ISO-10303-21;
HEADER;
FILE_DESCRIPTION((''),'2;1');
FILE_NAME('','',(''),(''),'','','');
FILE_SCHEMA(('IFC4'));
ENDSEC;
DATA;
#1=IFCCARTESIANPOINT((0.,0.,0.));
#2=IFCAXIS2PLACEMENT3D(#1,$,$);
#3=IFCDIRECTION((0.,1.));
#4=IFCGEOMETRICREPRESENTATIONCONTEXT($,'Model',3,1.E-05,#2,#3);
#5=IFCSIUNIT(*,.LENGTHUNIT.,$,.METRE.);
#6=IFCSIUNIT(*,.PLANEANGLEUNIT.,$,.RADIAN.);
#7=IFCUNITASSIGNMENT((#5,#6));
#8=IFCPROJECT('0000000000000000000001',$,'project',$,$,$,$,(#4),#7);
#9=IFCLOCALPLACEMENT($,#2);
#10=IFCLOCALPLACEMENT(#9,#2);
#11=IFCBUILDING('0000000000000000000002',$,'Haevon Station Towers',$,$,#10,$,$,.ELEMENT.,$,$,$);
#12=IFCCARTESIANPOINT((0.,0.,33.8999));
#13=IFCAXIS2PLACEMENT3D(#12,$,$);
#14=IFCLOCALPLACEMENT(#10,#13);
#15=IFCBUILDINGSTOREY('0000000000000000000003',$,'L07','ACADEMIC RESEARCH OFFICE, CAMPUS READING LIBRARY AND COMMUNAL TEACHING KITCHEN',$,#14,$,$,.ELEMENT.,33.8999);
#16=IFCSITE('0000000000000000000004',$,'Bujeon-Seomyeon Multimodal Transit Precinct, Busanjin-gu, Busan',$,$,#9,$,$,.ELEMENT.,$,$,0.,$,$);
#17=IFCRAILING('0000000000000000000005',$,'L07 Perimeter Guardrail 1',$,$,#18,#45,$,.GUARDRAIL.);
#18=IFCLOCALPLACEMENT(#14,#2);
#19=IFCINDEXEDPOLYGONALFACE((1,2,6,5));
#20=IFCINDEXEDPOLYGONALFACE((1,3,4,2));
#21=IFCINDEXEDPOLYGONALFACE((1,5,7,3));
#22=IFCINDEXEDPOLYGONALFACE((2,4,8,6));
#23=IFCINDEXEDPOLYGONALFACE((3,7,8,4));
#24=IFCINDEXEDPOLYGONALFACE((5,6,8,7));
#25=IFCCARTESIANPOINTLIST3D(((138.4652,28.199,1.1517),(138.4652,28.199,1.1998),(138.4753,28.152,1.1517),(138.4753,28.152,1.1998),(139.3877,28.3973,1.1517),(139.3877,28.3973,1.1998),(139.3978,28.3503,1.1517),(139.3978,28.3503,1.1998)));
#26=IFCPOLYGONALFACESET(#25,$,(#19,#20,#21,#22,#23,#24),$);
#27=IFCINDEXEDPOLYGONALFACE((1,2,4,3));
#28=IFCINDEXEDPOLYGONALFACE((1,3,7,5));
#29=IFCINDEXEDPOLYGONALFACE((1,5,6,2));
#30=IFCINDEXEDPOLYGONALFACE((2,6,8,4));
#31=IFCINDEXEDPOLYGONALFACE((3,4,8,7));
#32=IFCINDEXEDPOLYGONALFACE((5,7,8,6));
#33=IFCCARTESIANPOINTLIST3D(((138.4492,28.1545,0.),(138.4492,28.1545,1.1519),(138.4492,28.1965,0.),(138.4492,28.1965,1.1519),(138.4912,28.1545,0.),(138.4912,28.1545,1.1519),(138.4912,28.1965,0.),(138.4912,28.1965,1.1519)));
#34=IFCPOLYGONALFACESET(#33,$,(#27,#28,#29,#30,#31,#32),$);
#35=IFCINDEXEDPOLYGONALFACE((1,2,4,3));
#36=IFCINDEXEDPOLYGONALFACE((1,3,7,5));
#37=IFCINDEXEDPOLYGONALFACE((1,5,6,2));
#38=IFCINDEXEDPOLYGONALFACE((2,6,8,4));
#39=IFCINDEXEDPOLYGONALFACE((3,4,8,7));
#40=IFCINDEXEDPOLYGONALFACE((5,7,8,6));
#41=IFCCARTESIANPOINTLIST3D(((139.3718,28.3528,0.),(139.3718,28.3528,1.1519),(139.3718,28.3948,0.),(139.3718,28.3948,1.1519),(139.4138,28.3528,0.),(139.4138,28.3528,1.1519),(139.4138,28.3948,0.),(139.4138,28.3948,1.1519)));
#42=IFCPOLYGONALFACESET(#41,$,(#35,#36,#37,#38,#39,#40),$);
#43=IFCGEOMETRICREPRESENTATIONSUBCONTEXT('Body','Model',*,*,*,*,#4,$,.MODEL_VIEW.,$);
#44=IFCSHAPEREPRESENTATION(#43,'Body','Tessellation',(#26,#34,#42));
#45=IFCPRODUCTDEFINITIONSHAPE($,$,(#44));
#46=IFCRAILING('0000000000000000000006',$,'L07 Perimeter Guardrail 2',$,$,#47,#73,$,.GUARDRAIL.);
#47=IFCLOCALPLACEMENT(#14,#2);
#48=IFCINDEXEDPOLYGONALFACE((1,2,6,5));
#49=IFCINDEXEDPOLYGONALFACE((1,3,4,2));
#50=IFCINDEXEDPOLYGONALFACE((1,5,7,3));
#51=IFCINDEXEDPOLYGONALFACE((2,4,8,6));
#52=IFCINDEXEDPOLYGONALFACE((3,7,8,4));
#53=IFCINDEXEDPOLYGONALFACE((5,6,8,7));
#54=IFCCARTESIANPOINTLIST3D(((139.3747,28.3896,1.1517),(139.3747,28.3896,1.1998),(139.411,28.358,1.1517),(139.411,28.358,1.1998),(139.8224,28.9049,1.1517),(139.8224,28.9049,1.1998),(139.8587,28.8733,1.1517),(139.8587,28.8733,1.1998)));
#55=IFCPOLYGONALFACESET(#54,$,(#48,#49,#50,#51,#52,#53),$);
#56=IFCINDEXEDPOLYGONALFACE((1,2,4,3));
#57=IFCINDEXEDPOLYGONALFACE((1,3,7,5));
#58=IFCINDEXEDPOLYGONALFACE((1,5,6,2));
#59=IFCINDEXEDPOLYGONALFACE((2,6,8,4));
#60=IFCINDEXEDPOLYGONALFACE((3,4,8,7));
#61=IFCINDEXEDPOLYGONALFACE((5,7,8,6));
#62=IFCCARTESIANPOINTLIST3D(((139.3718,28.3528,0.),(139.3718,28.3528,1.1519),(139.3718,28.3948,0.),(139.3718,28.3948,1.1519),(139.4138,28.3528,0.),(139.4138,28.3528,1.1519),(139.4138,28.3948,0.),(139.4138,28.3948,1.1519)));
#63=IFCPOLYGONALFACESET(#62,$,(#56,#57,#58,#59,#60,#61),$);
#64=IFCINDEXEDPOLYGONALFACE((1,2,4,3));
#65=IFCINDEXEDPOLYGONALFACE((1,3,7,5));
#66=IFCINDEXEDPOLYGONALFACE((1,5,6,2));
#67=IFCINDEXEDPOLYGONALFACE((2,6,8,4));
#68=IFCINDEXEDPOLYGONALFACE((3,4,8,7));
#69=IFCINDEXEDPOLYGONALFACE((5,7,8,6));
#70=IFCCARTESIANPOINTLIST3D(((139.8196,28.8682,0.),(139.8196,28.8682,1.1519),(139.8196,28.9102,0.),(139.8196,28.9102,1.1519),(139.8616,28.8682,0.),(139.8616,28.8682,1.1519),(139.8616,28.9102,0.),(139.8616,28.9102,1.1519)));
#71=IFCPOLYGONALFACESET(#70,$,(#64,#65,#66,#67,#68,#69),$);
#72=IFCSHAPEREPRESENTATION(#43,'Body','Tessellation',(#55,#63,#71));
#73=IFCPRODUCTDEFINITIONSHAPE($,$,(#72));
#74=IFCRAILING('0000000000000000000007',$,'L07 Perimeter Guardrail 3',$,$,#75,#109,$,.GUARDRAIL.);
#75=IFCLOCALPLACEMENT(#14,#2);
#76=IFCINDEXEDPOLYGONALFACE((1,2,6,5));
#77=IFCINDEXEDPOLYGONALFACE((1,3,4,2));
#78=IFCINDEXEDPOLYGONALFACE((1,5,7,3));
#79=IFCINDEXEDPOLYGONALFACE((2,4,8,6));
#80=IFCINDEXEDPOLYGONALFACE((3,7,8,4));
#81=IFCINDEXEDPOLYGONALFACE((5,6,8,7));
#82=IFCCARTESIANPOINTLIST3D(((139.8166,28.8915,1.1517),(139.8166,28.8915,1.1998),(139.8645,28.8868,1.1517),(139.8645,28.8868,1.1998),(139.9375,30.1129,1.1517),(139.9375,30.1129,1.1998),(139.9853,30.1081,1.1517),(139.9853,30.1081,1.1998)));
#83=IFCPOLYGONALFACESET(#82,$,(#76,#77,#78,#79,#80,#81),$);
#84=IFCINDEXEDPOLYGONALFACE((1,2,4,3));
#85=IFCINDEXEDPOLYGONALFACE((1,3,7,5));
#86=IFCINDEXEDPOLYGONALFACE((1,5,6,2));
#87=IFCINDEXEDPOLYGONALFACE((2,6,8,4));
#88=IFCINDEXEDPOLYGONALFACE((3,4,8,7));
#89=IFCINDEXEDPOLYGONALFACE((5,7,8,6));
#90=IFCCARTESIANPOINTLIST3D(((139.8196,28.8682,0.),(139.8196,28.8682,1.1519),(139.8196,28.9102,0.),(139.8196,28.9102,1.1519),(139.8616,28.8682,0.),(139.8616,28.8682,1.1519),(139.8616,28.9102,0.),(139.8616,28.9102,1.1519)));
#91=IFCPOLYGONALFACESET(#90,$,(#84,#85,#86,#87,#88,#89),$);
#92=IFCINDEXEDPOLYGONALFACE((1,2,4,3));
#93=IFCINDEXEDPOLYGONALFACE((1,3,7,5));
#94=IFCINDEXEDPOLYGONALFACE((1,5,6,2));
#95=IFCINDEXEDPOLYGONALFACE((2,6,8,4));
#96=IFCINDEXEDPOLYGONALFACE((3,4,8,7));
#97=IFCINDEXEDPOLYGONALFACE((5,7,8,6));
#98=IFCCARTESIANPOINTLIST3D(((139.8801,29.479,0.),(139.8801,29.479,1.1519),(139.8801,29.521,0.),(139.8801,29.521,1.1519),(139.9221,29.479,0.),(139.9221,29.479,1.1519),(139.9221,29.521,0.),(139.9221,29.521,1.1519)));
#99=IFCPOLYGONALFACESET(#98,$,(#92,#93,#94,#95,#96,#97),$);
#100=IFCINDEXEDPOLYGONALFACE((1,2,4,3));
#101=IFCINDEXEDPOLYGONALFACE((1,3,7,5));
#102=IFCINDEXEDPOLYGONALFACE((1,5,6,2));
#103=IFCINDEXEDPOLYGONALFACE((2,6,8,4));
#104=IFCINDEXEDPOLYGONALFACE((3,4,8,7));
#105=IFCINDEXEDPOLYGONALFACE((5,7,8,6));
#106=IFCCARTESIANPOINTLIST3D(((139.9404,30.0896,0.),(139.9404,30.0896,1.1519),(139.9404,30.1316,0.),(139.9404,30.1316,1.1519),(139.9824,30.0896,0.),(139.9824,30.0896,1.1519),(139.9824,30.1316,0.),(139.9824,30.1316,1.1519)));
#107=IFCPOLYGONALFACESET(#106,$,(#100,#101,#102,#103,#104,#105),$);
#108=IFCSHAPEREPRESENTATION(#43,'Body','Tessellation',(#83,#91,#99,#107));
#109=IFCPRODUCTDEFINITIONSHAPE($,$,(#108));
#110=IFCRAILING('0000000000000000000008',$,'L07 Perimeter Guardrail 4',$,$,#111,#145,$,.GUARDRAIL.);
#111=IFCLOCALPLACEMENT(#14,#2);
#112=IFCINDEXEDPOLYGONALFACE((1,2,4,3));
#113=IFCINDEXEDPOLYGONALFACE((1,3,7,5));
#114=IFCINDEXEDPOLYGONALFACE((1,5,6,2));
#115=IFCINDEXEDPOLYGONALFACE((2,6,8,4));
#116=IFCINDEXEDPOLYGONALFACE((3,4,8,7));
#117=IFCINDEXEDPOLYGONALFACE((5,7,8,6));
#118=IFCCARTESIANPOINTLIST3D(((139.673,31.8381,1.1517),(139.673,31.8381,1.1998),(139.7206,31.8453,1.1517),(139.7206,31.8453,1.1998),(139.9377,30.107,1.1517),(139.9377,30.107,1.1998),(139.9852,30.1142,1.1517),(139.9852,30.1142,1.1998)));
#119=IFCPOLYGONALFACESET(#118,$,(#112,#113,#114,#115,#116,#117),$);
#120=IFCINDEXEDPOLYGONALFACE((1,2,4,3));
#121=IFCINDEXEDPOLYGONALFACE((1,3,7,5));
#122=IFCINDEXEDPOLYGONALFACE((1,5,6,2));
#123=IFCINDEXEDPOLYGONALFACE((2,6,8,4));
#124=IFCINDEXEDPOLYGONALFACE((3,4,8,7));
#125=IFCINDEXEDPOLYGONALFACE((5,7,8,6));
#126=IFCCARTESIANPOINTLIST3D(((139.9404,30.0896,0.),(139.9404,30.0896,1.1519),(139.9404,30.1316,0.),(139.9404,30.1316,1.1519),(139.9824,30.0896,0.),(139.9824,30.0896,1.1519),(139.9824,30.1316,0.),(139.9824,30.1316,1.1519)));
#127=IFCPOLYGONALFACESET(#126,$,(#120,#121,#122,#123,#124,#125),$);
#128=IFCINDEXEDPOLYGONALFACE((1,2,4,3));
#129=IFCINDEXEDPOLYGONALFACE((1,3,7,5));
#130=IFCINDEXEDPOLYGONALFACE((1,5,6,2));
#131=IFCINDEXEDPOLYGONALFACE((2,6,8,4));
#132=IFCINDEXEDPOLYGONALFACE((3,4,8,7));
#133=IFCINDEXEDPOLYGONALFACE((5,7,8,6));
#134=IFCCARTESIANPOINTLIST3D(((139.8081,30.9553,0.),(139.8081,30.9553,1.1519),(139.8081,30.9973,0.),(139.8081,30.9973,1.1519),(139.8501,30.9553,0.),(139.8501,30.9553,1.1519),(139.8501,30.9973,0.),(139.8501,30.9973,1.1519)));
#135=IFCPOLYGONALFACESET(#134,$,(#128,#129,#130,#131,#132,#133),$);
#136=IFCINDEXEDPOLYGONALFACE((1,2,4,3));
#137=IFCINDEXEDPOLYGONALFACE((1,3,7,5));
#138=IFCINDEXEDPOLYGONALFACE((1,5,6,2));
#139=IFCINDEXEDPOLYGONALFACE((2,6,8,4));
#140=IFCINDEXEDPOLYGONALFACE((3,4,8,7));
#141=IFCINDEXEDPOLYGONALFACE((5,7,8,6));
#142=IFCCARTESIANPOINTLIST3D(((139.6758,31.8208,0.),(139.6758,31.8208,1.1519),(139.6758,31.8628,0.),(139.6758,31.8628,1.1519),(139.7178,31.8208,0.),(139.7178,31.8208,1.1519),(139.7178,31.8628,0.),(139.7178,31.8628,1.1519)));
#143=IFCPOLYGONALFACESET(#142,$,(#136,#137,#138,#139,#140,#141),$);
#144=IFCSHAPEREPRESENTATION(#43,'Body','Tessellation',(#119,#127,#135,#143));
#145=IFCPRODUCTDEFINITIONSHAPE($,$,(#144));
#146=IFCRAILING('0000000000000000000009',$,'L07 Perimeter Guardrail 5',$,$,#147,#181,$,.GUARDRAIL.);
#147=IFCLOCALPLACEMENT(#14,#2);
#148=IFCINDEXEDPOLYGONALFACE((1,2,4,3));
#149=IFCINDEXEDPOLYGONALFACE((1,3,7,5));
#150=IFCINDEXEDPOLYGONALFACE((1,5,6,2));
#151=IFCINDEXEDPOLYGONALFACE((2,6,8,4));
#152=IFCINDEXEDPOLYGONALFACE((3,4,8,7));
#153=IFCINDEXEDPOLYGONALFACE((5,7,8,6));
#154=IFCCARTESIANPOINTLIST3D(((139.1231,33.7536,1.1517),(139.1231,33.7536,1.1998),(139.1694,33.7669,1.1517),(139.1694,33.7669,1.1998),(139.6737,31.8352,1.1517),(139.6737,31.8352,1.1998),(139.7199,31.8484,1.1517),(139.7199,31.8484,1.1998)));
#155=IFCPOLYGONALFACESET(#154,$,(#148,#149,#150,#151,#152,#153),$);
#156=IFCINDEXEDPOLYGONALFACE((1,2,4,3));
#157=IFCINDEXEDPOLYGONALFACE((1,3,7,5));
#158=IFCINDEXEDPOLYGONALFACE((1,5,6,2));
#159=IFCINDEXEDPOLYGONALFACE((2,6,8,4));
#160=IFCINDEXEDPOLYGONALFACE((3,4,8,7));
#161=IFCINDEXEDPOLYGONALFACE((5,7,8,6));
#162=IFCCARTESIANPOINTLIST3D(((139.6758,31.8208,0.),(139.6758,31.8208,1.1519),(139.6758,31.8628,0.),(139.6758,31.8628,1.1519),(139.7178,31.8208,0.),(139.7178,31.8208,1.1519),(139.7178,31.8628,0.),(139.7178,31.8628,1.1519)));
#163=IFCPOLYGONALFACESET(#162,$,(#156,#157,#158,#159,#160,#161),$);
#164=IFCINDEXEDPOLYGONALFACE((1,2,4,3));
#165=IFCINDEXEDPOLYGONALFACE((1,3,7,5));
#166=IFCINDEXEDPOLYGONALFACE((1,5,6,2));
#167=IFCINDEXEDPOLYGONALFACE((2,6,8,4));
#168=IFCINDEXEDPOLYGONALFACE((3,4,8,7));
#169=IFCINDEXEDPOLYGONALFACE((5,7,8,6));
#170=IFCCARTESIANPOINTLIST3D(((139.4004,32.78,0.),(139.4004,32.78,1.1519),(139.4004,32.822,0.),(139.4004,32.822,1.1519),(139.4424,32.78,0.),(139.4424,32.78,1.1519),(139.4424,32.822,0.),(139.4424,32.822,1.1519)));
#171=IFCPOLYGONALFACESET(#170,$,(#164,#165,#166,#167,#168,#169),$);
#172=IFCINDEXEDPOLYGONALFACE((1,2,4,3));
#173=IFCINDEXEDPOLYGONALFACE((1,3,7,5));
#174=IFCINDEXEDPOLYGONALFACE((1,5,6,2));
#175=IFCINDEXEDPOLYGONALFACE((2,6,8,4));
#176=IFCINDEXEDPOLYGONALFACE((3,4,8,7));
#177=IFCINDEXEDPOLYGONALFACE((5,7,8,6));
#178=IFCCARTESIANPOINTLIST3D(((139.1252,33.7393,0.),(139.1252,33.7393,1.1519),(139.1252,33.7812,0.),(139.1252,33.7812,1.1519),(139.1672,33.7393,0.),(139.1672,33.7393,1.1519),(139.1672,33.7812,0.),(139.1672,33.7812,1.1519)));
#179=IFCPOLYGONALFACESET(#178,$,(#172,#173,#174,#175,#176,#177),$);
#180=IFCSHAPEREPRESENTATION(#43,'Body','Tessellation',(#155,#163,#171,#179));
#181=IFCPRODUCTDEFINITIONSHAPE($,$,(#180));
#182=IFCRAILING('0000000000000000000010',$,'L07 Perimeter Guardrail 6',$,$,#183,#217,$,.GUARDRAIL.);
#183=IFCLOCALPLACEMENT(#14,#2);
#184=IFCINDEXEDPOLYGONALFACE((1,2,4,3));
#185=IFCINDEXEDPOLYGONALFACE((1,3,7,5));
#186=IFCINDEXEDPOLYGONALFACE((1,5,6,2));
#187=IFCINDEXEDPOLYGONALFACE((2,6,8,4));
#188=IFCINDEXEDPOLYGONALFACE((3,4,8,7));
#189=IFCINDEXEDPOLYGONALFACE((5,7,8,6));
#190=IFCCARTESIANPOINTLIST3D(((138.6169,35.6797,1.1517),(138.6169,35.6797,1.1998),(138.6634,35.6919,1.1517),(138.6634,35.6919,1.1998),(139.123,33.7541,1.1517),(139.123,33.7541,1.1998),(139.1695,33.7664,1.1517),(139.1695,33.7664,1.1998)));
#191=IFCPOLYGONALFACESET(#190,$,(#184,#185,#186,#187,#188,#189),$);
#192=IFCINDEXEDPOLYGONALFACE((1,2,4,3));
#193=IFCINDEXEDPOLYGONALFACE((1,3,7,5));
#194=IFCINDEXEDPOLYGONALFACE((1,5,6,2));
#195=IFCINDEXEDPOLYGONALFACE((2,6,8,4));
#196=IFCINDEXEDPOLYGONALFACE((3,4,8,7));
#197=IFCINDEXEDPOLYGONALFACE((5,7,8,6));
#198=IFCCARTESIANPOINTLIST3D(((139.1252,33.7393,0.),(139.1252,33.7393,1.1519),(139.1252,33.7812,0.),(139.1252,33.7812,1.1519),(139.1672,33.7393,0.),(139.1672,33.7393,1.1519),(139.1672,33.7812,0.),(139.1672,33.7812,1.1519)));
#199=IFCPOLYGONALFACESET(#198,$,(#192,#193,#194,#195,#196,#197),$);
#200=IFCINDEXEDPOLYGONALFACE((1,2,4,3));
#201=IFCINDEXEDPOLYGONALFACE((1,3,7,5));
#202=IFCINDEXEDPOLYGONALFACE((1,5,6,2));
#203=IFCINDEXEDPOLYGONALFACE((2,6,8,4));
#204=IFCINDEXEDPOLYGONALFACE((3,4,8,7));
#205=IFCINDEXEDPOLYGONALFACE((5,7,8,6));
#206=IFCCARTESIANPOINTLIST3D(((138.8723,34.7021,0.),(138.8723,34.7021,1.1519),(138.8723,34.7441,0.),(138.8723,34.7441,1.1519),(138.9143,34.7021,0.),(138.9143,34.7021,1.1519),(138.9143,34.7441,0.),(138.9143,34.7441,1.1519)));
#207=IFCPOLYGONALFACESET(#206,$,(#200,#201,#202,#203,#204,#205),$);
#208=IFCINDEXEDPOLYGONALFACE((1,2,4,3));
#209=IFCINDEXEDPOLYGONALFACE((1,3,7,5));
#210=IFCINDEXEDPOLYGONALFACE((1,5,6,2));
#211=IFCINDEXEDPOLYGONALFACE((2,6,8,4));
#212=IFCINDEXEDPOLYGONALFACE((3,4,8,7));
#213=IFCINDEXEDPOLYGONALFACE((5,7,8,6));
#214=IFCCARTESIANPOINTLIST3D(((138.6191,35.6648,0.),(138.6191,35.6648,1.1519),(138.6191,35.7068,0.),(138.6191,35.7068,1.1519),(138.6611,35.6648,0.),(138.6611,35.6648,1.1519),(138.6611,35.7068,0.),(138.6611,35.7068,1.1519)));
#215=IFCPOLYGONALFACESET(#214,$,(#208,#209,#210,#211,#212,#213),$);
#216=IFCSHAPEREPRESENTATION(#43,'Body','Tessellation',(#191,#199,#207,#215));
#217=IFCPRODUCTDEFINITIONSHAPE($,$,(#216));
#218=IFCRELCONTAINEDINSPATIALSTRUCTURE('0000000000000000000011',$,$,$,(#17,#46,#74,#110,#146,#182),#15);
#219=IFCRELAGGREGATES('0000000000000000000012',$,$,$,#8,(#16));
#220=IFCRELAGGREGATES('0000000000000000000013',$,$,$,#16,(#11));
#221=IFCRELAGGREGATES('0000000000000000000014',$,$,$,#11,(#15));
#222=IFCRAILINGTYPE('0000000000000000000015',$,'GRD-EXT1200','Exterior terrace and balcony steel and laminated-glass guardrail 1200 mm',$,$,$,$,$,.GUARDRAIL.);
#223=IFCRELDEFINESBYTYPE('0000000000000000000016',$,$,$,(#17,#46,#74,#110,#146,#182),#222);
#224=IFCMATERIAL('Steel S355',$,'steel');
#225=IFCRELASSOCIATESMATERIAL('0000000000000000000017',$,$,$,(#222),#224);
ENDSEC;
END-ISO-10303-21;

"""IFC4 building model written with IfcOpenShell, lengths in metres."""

from ifc_helpers import new_model, si_unit, direction, frame, origin, origin_2d, place, context, subcontext, project, spatial, rectangle, extrude, material, type_object, element, save


model = new_model("IFC4")

# Units and contexts
model_context = context("Model", 3, precision=1e-05, world=origin(), true_north=direction((0.0, 1.0)))
body_context = subcontext(model_context, "Body", "Model", "MODEL_VIEW")
ifc_project = project(units=[si_unit("LENGTHUNIT", "METRE"), si_unit("PLANEANGLEUNIT", "RADIAN")], contexts=[model_context])

# Site, building, storey
site_placement = place(None, origin())
site = spatial("IfcSite", under=ifc_project, at=site_placement, Name="Bujeon-Seomyeon Multimodal Transit Precinct, Busanjin-gu, Busan", CompositionType="ELEMENT", RefElevation=0.0)
building_placement = place(site_placement, origin())
building = spatial("IfcBuilding", under=site, at=building_placement, Name="Haevon Station Towers", CompositionType="ELEMENT")
storey_placement = place(building_placement, frame((0.0, 0.0, 33.8999)))
storey = spatial("IfcBuildingStorey", under=building, at=storey_placement, Name="L07", Description="ACADEMIC RESEARCH OFFICE, CAMPUS READING LIBRARY AND COMMUNAL TEACHING KITCHEN", CompositionType="ELEMENT", Elevation=33.8999)

# Shared definitions
ifc_material_1 = material(Name="Steel S355", Category="steel")

# Railings
railing_type = type_object("IfcRailingType", Name="GRD-EXT1200", Description="Exterior terrace and balcony steel and laminated-glass guardrail 1200 mm", PredefinedType="GUARDRAIL", material=ifc_material_1)
railing_1_placement = place(storey_placement, frame((138.4702, 28.1755, 0.0)))
element("IfcRailing", 1, at=railing_1_placement, inside=storey, type_object=railing_type, Name="L07 Perimeter Guardrail 1", PredefinedType="GUARDRAIL", context=body_context, shape_type="SweptSolid", body=[
    extrude(rectangle(XDim=0.0481, YDim=0.0481, at=origin_2d()), frame((0.0, 0.0, 1.1758), z_axis=(0.977685, 0.210077, 0.0), x_axis=(-0.210077, 0.977685, 0.0)), (0.0, 0.0, 1.0), 0.9436),
    extrude(rectangle(XDim=0.042, YDim=0.042, at=origin_2d()), origin(), (0.0, 0.0, 1.0), 1.1519),
    extrude(rectangle(XDim=0.042, YDim=0.042, at=origin_2d()), frame((0.9226, 0.1982, 0.0)), (0.0, 0.0, 1.0), 1.1519),
])
railing_2_placement = place(storey_placement, frame((139.3928, 28.3738, 0.0)))
element("IfcRailing", 2, at=railing_2_placement, inside=storey, type_object=railing_type, Name="L07 Perimeter Guardrail 2", PredefinedType="GUARDRAIL", context=body_context, shape_type="SweptSolid", body=[
    extrude(rectangle(XDim=0.0481, YDim=0.0481, at=origin_2d()), frame((0.0, 0.0, 1.1758), z_axis=(0.655842, 0.754898, 0.0), x_axis=(-0.754898, 0.655842, 0.0)), (0.0, 0.0, 1.0), 0.6826),
    extrude(rectangle(XDim=0.042, YDim=0.042, at=origin_2d()), origin(), (0.0, 0.0, 1.0), 1.1519),
    extrude(rectangle(XDim=0.042, YDim=0.042, at=origin_2d()), frame((0.4478, 0.5154, 0.0)), (0.0, 0.0, 1.0), 1.1519),
])
railing_3_placement = place(storey_placement, frame((139.8406, 28.8892, 0.0)))
element("IfcRailing", 3, at=railing_3_placement, inside=storey, type_object=railing_type, Name="L07 Perimeter Guardrail 3", PredefinedType="GUARDRAIL", context=body_context, shape_type="SweptSolid", body=[
    extrude(rectangle(XDim=0.0481, YDim=0.0481, at=origin_2d()), frame((0.0, 0.0, 1.1758), z_axis=(0.09846, 0.995141, 0.0), x_axis=(-0.995141, 0.09846, 0.0)), (0.0, 0.0, 1.0), 1.2273),
    extrude(rectangle(XDim=0.042, YDim=0.042, at=origin_2d()), origin(), (0.0, 0.0, 1.0), 1.1519),
    extrude(rectangle(XDim=0.042, YDim=0.042, at=origin_2d()), frame((0.0605, 0.6108, 0.0)), (0.0, 0.0, 1.0), 1.1519),
    extrude(rectangle(XDim=0.042, YDim=0.042, at=origin_2d()), frame((0.1208, 1.2214, 0.0)), (0.0, 0.0, 1.0), 1.1519),
])
railing_4_placement = place(storey_placement, frame((139.9614, 30.1106, 0.0)))
element("IfcRailing", 4, at=railing_4_placement, inside=storey, type_object=railing_type, Name="L07 Perimeter Guardrail 4", PredefinedType="GUARDRAIL", context=body_context, shape_type="SweptSolid", body=[
    extrude(rectangle(XDim=0.0481, YDim=0.0481, at=origin_2d()), frame((0.0, 0.0, 1.1758), z_axis=(-0.151114, 0.988516, 0.0), x_axis=(-0.988516, -0.151114, 0.0)), (0.0, 0.0, 1.0), 1.7512),
    extrude(rectangle(XDim=0.042, YDim=0.042, at=origin_2d()), origin(), (0.0, 0.0, 1.0), 1.1519),
    extrude(rectangle(XDim=0.042, YDim=0.042, at=origin_2d()), frame((-0.1323, 0.8657, 0.0)), (0.0, 0.0, 1.0), 1.1519),
    extrude(rectangle(XDim=0.042, YDim=0.042, at=origin_2d()), frame((-0.2646, 1.7312, 0.0)), (0.0, 0.0, 1.0), 1.1519),
])
railing_5_placement = place(storey_placement, frame((139.6968, 31.8418, 0.0)))
element("IfcRailing", 5, at=railing_5_placement, inside=storey, type_object=railing_type, Name="L07 Perimeter Guardrail 5", PredefinedType="GUARDRAIL", context=body_context, shape_type="SweptSolid", body=[
    extrude(rectangle(XDim=0.0481, YDim=0.0481, at=origin_2d()), frame((0.0, 0.0, 1.1758), z_axis=(-0.275836, 0.961205, 0.0), x_axis=(-0.961205, -0.275836, 0.0)), (0.0, 0.0, 1.0), 1.9958),
    extrude(rectangle(XDim=0.042, YDim=0.042, at=origin_2d()), origin(), (0.0, 0.0, 1.0), 1.1519),
    extrude(rectangle(XDim=0.042, YDim=0.042, at=origin_2d()), frame((-0.2754, 0.9592, 0.0)), (0.0, 0.0, 1.0), 1.1519),
    extrude(rectangle(XDim=0.042, YDim=0.042, at=origin_2d()), frame((-0.5505, 1.9185, 0.0)), (0.0, 0.0, 1.0), 1.1519),
])
railing_6_placement = place(storey_placement, frame((139.1462, 33.7603, 0.0)))
element("IfcRailing", 6, at=railing_6_placement, inside=storey, type_object=railing_type, Name="L07 Perimeter Guardrail 6", PredefinedType="GUARDRAIL", context=body_context, shape_type="SweptSolid", body=[
    extrude(rectangle(XDim=0.0481, YDim=0.0481, at=origin_2d()), frame((0.0, 0.0, 1.1758), z_axis=(-0.254204, 0.967151, 0.0), x_axis=(-0.967151, -0.254204, 0.0)), (0.0, 0.0, 1.0), 1.991),
    extrude(rectangle(XDim=0.042, YDim=0.042, at=origin_2d()), origin(), (0.0, 0.0, 1.0), 1.1519),
    extrude(rectangle(XDim=0.042, YDim=0.042, at=origin_2d()), frame((-0.2529, 0.9629, 0.0)), (0.0, 0.0, 1.0), 1.1519),
    extrude(rectangle(XDim=0.042, YDim=0.042, at=origin_2d()), frame((-0.5061, 1.9255, 0.0)), (0.0, 0.0, 1.0), 1.1519),
])

save(model, "model.ifc")
